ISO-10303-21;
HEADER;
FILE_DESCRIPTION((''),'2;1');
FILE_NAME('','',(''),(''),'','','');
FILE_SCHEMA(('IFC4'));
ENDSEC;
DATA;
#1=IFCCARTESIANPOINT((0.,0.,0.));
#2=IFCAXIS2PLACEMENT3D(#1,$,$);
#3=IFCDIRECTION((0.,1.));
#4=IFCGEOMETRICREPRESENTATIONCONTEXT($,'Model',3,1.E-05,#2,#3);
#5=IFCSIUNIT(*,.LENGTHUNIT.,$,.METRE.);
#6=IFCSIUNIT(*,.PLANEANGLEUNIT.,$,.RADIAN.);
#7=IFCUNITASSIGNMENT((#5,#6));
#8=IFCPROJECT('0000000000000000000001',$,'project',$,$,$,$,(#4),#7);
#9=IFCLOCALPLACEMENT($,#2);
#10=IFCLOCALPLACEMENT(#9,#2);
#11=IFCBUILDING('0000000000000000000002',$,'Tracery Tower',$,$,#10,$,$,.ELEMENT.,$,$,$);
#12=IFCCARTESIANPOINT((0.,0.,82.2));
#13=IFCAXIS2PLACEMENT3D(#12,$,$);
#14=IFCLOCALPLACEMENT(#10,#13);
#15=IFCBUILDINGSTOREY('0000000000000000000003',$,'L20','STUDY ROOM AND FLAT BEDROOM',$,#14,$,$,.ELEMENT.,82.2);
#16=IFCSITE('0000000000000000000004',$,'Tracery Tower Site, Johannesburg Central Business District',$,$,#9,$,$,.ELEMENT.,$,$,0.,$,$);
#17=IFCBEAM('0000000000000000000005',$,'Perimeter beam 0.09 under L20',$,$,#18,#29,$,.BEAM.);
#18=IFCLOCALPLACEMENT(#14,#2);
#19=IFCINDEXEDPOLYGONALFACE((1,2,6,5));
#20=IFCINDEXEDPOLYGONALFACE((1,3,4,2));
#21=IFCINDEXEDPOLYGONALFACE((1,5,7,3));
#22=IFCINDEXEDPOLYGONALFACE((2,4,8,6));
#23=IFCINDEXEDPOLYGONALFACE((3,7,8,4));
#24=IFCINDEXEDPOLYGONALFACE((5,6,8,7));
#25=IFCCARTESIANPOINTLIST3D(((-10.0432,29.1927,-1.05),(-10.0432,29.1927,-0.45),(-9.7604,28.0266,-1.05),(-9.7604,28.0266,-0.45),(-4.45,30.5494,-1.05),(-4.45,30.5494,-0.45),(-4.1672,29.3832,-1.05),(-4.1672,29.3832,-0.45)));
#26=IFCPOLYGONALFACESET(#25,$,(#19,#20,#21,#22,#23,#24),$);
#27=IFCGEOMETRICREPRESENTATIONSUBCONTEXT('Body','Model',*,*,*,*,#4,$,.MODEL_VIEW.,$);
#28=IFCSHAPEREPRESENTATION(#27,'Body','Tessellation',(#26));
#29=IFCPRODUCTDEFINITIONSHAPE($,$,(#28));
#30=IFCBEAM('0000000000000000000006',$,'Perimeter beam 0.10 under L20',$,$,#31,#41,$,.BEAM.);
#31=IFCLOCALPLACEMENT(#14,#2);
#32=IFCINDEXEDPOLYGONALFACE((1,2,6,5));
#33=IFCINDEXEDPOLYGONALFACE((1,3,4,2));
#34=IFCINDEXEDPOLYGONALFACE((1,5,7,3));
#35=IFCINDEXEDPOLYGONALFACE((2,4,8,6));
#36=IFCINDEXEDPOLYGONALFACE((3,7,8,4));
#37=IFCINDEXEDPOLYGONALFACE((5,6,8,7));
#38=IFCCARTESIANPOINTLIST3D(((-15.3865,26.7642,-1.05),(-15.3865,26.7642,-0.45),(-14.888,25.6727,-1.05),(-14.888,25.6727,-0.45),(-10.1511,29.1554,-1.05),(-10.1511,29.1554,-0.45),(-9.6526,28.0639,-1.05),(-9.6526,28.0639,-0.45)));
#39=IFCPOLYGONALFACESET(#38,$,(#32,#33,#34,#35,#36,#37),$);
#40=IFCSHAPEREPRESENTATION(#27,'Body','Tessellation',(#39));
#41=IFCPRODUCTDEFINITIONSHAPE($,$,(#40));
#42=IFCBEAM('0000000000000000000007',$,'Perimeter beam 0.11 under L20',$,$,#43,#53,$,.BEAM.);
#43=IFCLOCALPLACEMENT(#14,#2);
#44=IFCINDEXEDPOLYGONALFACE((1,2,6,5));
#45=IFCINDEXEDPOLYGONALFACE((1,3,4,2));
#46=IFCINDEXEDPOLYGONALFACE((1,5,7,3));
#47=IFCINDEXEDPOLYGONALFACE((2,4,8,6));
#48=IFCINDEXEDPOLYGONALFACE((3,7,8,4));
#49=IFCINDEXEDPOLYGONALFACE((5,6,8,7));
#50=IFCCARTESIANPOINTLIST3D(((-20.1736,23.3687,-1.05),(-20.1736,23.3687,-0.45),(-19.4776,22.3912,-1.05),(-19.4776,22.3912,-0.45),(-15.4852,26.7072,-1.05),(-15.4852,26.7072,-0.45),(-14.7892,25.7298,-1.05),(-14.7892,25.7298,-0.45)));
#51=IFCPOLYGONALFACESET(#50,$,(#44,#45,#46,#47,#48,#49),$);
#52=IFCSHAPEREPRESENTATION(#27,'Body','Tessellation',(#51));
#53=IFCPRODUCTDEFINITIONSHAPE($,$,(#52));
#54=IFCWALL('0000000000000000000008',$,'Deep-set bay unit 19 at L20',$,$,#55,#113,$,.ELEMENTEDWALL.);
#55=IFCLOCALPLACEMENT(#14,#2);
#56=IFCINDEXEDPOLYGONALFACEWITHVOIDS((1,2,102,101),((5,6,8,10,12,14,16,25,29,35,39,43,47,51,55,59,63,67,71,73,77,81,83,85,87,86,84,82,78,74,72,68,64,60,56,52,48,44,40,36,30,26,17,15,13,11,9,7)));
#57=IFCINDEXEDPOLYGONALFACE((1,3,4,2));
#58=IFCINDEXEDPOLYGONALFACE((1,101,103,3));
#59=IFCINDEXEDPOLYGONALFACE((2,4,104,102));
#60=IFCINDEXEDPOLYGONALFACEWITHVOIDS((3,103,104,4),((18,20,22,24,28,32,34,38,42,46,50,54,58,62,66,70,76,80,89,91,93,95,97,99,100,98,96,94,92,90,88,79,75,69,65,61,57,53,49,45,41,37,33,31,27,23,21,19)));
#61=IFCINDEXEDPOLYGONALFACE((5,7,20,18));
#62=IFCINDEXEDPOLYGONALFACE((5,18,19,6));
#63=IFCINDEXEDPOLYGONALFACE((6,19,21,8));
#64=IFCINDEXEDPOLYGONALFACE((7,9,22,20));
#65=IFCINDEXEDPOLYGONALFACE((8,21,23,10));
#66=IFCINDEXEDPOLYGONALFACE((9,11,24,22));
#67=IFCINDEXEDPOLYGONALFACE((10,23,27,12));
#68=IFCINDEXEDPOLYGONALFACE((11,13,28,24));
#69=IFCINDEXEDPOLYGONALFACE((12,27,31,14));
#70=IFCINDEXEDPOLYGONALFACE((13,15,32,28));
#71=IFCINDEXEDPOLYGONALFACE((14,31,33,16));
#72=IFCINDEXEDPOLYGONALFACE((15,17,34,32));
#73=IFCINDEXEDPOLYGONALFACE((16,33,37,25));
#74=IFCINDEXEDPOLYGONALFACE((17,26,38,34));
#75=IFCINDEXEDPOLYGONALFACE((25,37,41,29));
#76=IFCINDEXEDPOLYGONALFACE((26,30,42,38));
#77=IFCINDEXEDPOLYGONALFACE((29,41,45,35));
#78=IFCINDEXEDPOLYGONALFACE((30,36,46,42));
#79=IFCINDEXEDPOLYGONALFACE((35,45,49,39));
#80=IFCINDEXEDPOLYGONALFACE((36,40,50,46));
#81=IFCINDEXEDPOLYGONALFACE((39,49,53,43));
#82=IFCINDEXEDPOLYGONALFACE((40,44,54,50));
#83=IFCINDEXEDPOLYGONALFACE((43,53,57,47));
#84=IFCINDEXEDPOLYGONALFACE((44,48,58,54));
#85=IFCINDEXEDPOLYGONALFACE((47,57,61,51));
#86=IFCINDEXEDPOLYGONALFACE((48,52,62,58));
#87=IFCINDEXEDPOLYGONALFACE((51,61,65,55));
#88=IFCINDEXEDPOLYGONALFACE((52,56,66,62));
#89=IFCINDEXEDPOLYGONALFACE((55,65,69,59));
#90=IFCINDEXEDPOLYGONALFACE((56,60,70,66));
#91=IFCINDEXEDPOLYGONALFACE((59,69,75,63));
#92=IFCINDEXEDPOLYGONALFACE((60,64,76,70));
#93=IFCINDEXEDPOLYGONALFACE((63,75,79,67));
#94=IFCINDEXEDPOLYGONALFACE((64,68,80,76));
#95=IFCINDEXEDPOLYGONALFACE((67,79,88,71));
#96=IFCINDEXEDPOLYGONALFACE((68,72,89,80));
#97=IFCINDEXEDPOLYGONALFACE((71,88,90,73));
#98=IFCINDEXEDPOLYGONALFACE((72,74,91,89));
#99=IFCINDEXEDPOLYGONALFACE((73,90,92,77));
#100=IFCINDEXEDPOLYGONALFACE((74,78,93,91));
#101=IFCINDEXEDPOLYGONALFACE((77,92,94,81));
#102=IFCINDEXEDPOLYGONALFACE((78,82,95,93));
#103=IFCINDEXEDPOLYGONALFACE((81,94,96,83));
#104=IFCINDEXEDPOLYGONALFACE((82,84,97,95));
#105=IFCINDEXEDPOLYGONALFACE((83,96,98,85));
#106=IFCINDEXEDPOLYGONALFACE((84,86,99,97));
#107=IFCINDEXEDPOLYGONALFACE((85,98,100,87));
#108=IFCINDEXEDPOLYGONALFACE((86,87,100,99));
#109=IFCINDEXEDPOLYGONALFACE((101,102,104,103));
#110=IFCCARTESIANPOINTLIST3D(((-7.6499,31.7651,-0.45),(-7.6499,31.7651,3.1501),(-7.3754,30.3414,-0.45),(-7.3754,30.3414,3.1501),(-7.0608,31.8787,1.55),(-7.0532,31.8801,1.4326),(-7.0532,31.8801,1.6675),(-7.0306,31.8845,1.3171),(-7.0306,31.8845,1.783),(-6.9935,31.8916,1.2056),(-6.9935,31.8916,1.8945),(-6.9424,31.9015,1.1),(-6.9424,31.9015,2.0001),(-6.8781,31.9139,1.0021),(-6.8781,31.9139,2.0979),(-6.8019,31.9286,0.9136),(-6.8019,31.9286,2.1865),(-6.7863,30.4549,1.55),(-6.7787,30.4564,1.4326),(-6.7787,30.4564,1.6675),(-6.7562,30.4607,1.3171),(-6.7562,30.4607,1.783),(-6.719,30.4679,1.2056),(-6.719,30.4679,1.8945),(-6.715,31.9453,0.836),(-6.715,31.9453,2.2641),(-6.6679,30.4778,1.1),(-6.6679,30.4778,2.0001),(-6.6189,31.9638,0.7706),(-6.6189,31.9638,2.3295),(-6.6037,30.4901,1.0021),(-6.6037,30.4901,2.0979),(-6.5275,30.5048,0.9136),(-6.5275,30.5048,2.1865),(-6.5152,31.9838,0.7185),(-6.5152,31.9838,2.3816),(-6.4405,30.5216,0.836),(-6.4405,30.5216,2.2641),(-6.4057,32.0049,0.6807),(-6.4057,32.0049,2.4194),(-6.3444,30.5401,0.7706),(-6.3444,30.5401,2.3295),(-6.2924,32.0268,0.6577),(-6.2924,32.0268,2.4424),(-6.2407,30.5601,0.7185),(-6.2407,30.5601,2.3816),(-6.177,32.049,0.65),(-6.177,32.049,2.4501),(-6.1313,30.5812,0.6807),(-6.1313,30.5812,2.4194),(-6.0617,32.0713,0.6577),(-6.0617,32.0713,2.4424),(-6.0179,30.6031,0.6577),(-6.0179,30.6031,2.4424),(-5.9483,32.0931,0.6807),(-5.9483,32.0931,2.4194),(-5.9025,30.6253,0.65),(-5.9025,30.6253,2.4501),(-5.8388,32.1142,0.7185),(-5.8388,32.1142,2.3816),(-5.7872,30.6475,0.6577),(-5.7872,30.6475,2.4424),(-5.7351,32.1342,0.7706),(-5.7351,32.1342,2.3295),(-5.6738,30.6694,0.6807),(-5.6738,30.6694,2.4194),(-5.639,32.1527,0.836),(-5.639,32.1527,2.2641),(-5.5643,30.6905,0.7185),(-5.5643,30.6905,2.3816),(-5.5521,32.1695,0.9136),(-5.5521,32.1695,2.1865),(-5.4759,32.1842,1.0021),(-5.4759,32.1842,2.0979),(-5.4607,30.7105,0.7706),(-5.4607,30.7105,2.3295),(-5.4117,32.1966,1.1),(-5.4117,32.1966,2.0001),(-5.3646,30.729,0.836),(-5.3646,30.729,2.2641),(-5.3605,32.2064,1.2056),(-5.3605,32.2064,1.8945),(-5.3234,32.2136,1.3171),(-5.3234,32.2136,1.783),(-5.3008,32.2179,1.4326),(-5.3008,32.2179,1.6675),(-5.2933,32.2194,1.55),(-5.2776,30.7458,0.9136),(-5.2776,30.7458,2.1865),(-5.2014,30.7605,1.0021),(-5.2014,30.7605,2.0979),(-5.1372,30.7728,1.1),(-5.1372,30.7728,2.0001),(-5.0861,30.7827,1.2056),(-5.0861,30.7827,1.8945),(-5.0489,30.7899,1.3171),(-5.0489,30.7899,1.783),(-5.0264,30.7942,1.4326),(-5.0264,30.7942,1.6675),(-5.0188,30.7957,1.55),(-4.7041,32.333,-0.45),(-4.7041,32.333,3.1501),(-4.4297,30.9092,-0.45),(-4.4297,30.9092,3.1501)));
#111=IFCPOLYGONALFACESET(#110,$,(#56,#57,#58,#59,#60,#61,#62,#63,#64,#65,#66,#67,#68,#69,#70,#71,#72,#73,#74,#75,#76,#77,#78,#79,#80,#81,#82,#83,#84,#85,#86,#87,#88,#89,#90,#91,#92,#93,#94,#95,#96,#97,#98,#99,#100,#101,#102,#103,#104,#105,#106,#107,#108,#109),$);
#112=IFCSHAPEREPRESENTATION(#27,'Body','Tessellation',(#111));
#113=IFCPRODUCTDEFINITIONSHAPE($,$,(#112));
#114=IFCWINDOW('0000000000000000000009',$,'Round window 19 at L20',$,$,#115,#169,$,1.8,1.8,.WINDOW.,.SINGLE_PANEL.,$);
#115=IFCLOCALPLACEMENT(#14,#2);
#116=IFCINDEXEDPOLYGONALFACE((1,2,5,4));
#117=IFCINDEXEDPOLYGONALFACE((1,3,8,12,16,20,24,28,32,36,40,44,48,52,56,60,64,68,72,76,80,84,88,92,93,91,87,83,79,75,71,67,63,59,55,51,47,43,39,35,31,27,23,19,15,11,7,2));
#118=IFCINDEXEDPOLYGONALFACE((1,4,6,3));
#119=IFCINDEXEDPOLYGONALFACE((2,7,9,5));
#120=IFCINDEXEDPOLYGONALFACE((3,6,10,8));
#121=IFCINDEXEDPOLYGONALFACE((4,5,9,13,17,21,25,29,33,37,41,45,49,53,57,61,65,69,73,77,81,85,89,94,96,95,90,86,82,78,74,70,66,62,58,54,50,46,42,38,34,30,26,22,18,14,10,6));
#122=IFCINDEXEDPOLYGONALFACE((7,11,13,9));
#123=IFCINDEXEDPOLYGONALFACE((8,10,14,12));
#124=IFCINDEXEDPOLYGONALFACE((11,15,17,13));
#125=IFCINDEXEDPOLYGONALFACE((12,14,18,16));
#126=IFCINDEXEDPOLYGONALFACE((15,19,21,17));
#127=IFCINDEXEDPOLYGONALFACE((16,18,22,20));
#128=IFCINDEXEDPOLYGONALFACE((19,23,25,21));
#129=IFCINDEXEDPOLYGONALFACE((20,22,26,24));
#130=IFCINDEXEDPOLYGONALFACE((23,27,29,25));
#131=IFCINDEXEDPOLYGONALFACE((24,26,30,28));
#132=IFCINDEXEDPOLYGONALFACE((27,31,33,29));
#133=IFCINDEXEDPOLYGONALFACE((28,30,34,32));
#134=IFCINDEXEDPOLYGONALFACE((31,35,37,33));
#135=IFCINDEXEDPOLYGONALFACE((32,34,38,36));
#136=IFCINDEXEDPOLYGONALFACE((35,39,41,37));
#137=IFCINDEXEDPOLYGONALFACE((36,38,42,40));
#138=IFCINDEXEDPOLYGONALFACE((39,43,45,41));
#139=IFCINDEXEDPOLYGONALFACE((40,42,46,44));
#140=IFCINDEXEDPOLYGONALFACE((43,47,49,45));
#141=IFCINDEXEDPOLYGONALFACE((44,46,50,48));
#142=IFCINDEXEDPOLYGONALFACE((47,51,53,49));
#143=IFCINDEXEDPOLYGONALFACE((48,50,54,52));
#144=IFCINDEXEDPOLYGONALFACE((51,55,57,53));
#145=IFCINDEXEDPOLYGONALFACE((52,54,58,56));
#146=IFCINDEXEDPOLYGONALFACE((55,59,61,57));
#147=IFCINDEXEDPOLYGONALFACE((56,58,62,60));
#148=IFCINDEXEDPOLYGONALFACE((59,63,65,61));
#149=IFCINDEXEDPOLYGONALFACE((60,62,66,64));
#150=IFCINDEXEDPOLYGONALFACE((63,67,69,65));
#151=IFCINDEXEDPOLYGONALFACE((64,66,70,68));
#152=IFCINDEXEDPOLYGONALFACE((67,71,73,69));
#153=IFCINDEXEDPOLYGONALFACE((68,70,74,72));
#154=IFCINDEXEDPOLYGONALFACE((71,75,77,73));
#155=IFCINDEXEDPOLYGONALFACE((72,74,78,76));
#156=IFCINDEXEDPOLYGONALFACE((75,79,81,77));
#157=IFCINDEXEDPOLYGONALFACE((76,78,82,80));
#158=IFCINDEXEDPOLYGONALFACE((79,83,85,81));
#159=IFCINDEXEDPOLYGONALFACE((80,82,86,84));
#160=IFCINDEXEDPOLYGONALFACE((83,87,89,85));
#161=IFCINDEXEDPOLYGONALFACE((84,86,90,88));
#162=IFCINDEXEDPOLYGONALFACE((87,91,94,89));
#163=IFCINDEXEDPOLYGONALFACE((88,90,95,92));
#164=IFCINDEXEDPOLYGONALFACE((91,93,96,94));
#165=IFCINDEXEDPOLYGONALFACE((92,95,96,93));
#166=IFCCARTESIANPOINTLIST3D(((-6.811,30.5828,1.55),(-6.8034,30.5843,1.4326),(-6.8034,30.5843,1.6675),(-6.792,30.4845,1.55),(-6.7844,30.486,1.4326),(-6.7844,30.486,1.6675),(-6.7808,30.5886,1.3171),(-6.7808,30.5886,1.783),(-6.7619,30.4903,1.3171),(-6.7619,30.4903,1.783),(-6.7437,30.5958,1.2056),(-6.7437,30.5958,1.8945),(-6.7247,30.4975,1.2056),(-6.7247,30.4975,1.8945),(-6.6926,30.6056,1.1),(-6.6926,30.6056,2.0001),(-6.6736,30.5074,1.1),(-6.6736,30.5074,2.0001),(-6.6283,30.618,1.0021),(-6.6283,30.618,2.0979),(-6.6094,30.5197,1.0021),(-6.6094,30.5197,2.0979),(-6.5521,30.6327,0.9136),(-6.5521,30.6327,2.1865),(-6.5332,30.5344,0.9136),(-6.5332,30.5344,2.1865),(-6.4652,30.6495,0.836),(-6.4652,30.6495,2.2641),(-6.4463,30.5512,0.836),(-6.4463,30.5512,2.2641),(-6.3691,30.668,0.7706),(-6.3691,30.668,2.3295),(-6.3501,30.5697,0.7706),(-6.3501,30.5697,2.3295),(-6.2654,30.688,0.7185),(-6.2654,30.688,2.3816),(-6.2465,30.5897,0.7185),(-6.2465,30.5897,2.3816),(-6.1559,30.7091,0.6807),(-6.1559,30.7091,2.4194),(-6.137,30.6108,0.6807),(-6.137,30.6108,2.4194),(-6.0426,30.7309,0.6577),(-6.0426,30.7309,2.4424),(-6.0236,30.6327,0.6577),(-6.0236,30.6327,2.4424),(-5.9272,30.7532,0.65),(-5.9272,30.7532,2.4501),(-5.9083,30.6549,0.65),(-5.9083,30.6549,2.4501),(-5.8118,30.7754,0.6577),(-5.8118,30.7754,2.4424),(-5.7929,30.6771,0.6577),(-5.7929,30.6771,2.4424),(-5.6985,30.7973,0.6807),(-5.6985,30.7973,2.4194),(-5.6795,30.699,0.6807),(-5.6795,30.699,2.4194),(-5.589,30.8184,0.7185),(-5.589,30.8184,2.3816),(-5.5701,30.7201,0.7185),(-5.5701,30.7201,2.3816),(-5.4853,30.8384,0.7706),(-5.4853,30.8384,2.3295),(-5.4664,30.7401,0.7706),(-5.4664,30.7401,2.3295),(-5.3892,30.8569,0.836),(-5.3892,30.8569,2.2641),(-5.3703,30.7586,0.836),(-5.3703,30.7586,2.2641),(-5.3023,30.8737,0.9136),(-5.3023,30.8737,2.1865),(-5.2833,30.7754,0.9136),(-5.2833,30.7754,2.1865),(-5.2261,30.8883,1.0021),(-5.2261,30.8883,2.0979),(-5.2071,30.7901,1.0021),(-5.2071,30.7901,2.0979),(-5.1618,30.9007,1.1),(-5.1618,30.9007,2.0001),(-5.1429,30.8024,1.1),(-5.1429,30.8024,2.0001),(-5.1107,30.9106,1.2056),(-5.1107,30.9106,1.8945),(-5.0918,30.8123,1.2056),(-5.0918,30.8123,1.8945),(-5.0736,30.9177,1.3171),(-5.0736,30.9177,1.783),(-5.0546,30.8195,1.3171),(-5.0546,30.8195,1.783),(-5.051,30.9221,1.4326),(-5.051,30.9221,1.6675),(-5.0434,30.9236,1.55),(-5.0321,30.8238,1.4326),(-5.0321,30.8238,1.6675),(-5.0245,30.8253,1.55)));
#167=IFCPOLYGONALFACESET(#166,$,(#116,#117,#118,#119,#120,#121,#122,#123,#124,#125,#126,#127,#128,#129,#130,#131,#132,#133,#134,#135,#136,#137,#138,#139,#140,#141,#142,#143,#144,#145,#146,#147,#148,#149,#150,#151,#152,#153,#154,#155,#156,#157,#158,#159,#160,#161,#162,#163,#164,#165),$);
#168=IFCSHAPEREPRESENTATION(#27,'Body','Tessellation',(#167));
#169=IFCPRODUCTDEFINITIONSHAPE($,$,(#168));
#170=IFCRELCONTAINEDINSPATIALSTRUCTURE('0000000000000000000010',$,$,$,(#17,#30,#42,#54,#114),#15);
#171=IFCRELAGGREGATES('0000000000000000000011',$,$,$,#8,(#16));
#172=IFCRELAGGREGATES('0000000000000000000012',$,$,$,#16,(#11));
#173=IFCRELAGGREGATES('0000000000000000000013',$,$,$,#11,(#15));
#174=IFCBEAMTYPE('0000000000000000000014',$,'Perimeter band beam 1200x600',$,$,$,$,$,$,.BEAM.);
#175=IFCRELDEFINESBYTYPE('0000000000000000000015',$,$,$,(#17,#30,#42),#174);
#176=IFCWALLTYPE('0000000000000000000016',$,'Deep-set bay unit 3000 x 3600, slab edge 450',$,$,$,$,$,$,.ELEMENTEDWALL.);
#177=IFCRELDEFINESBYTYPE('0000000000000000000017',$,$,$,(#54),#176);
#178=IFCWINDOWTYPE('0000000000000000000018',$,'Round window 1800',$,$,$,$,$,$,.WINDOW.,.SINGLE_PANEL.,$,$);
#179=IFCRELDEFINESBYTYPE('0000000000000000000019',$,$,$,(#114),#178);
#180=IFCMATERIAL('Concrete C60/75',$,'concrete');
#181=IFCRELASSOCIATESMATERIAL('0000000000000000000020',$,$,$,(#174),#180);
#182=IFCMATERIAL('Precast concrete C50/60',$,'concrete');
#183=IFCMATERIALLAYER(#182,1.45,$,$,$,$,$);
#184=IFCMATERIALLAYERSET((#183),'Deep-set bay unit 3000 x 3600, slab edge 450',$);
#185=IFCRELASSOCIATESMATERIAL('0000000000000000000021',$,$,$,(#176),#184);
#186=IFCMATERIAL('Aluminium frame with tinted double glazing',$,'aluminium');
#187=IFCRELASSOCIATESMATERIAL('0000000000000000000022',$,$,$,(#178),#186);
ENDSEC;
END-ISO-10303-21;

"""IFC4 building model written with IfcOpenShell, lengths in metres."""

from ifc_helpers import new_model, si_unit, direction, frame, frame_2d, origin, origin_2d, place, context, subcontext, project, spatial, rectangle, circle, extrude, material, layer, layer_set, material_profile, profile_set, type_object, element, fill, save


model = new_model("IFC4")

# Units and contexts
model_context = context("Model", 3, precision=1e-05, world=origin(), true_north=direction((0.0, 1.0)))
body_context = subcontext(model_context, "Body", "Model", "MODEL_VIEW")
ifc_project = project(units=[si_unit("LENGTHUNIT", "METRE"), si_unit("PLANEANGLEUNIT", "RADIAN")], contexts=[model_context])

# Site, building, storey
site_placement = place(None, origin())
site = spatial("IfcSite", under=ifc_project, at=site_placement, Name="Tracery Tower Site, Johannesburg Central Business District", CompositionType="ELEMENT", RefElevation=0.0)
building_placement = place(site_placement, origin())
building = spatial("IfcBuilding", under=site, at=building_placement, Name="Tracery Tower", CompositionType="ELEMENT")
storey_placement = place(building_placement, frame((0.0, 0.0, 82.2)))
storey = spatial("IfcBuildingStorey", under=building, at=storey_placement, Name="L20", Description="STUDY ROOM AND FLAT BEDROOM", CompositionType="ELEMENT", Elevation=82.2)

# Beams
ifc_material_1 = material(Name="Concrete C60/75", Category="concrete")
ifc_material_profile_1 = material_profile(ifc_material_1, rectangle(XDim=1.2, YDim=0.6001, at=origin_2d()), Name="RC 1200x600")
ifc_profile_set_1 = profile_set([ifc_material_profile_1], Name="Concrete C60/75")
beam_type_1 = type_object("IfcBeamType", Name="Perimeter band beam 1200x600", PredefinedType="BEAM", material=ifc_profile_set_1)
beam_1_placement = place(storey_placement, frame((-4.3086, 29.9663, -0.75), z_axis=(-0.97182, -0.235723, 0.0), x_axis=(0.235723, -0.97182, 0.0)))
element("IfcBeam", 1, at=beam_1_placement, inside=storey, type_object=beam_type_1, Name="Perimeter beam 0.09 under L20", PredefinedType="BEAM", context=body_context, shape_type="SweptSolid", body=[
    extrude(rectangle(XDim=1.2, YDim=0.6001, at=origin_2d()), origin(), (0.0, 0.0, 1.0), 5.7554),
])
for number, where, z_axis, x_axis, name in (
    (2, (-9.9019, 28.6096, -0.75), (-0.909618, -0.415445, 0.0), (0.415445, -0.909618, 0.0), "Perimeter beam 0.10 under L20"),
    (3, (-15.1372, 26.2185, -0.75), (-0.814578, -0.580054, 0.0), (0.580054, -0.814578, 0.0), "Perimeter beam 0.11 under L20"),
):
    element("IfcBeam", number, at=place(storey_placement, frame(where, z_axis=z_axis, x_axis=x_axis)), inside=storey, type_object=beam_type_1, Name=name, PredefinedType="BEAM", context=body_context, shape_type="SweptSolid", body=[
        extrude(rectangle(XDim=1.2, YDim=0.6001, at=origin_2d()), origin(), (0.0, 0.0, 1.0), 5.7556),
    ])

# Wall, opening, window
ifc_material_2 = material(Name="Precast concrete C50/60", Category="concrete")
ifc_layer_1 = layer(ifc_material_2, 1.45)
ifc_layer_set_1 = layer_set([ifc_layer_1], Name="Deep-set bay unit 3000 x 3600, slab edge 450")
wall_type_1 = type_object("IfcWallType", Name="Deep-set bay unit 3000 x 3600, slab edge 450", PredefinedType="ELEMENTEDWALL", material=ifc_layer_set_1)
wall_1_placement = place(storey_placement, frame((-4.5669, 31.6211, -0.45), z_axis=(0.0, 0.0, 1.0), x_axis=(-0.981922, -0.189288, 0.0)))
wall_1 = element("IfcWall", 4, at=wall_1_placement, inside=storey, type_object=wall_type_1, Name="Deep-set bay unit 19 at L20", PredefinedType="ELEMENTEDWALL", context=body_context, shape_type="SweptSolid", body=[
    extrude(rectangle(XDim=3.0, YDim=1.45, at=frame_2d((1.5, 0.0))), origin(), (0.0, 0.0, 1.0), 3.6001),
])
opening_1_placement = place(wall_1_placement, frame((1.5, 0.0, 2.0)))
opening_1 = element("IfcOpeningElement", 5, at=opening_1_placement, cuts=wall_1, PredefinedType="OPENING", context=body_context, shape_type="SweptSolid", body=[
    extrude(circle(Radius=0.9, at=origin_2d()), frame((0.0, 0.7349, 0.0), z_axis=(0.0, -1.0, 0.0), x_axis=(1.0, 0.0, 0.0)), (0.0, 0.0, 1.0), 1.47),
])
ifc_material_3 = material(Name="Aluminium frame with tinted double glazing", Category="aluminium")
window_type = type_object("IfcWindowType", Name="Round window 1800", PartitioningType="SINGLE_PANEL", PredefinedType="WINDOW", material=ifc_material_3)
window_1_placement = place(opening_1_placement, origin())
window_1 = element("IfcWindow", 6, at=window_1_placement, inside=storey, type_object=window_type, Name="Round window 19 at L20", OverallHeight=1.8, OverallWidth=1.8, PartitioningType="SINGLE_PANEL", PredefinedType="WINDOW", context=body_context, shape_type="SweptSolid", body=[
    extrude(circle(Radius=0.9, at=origin_2d()), frame((0.0, 0.6948, 0.0), z_axis=(0.0, -1.0, 0.0), x_axis=(1.0, 0.0, 0.0)), (0.0, 0.0, 1.0), 0.1001),
])
fill(opening_1, window_1)

save(model, "model.ifc")
